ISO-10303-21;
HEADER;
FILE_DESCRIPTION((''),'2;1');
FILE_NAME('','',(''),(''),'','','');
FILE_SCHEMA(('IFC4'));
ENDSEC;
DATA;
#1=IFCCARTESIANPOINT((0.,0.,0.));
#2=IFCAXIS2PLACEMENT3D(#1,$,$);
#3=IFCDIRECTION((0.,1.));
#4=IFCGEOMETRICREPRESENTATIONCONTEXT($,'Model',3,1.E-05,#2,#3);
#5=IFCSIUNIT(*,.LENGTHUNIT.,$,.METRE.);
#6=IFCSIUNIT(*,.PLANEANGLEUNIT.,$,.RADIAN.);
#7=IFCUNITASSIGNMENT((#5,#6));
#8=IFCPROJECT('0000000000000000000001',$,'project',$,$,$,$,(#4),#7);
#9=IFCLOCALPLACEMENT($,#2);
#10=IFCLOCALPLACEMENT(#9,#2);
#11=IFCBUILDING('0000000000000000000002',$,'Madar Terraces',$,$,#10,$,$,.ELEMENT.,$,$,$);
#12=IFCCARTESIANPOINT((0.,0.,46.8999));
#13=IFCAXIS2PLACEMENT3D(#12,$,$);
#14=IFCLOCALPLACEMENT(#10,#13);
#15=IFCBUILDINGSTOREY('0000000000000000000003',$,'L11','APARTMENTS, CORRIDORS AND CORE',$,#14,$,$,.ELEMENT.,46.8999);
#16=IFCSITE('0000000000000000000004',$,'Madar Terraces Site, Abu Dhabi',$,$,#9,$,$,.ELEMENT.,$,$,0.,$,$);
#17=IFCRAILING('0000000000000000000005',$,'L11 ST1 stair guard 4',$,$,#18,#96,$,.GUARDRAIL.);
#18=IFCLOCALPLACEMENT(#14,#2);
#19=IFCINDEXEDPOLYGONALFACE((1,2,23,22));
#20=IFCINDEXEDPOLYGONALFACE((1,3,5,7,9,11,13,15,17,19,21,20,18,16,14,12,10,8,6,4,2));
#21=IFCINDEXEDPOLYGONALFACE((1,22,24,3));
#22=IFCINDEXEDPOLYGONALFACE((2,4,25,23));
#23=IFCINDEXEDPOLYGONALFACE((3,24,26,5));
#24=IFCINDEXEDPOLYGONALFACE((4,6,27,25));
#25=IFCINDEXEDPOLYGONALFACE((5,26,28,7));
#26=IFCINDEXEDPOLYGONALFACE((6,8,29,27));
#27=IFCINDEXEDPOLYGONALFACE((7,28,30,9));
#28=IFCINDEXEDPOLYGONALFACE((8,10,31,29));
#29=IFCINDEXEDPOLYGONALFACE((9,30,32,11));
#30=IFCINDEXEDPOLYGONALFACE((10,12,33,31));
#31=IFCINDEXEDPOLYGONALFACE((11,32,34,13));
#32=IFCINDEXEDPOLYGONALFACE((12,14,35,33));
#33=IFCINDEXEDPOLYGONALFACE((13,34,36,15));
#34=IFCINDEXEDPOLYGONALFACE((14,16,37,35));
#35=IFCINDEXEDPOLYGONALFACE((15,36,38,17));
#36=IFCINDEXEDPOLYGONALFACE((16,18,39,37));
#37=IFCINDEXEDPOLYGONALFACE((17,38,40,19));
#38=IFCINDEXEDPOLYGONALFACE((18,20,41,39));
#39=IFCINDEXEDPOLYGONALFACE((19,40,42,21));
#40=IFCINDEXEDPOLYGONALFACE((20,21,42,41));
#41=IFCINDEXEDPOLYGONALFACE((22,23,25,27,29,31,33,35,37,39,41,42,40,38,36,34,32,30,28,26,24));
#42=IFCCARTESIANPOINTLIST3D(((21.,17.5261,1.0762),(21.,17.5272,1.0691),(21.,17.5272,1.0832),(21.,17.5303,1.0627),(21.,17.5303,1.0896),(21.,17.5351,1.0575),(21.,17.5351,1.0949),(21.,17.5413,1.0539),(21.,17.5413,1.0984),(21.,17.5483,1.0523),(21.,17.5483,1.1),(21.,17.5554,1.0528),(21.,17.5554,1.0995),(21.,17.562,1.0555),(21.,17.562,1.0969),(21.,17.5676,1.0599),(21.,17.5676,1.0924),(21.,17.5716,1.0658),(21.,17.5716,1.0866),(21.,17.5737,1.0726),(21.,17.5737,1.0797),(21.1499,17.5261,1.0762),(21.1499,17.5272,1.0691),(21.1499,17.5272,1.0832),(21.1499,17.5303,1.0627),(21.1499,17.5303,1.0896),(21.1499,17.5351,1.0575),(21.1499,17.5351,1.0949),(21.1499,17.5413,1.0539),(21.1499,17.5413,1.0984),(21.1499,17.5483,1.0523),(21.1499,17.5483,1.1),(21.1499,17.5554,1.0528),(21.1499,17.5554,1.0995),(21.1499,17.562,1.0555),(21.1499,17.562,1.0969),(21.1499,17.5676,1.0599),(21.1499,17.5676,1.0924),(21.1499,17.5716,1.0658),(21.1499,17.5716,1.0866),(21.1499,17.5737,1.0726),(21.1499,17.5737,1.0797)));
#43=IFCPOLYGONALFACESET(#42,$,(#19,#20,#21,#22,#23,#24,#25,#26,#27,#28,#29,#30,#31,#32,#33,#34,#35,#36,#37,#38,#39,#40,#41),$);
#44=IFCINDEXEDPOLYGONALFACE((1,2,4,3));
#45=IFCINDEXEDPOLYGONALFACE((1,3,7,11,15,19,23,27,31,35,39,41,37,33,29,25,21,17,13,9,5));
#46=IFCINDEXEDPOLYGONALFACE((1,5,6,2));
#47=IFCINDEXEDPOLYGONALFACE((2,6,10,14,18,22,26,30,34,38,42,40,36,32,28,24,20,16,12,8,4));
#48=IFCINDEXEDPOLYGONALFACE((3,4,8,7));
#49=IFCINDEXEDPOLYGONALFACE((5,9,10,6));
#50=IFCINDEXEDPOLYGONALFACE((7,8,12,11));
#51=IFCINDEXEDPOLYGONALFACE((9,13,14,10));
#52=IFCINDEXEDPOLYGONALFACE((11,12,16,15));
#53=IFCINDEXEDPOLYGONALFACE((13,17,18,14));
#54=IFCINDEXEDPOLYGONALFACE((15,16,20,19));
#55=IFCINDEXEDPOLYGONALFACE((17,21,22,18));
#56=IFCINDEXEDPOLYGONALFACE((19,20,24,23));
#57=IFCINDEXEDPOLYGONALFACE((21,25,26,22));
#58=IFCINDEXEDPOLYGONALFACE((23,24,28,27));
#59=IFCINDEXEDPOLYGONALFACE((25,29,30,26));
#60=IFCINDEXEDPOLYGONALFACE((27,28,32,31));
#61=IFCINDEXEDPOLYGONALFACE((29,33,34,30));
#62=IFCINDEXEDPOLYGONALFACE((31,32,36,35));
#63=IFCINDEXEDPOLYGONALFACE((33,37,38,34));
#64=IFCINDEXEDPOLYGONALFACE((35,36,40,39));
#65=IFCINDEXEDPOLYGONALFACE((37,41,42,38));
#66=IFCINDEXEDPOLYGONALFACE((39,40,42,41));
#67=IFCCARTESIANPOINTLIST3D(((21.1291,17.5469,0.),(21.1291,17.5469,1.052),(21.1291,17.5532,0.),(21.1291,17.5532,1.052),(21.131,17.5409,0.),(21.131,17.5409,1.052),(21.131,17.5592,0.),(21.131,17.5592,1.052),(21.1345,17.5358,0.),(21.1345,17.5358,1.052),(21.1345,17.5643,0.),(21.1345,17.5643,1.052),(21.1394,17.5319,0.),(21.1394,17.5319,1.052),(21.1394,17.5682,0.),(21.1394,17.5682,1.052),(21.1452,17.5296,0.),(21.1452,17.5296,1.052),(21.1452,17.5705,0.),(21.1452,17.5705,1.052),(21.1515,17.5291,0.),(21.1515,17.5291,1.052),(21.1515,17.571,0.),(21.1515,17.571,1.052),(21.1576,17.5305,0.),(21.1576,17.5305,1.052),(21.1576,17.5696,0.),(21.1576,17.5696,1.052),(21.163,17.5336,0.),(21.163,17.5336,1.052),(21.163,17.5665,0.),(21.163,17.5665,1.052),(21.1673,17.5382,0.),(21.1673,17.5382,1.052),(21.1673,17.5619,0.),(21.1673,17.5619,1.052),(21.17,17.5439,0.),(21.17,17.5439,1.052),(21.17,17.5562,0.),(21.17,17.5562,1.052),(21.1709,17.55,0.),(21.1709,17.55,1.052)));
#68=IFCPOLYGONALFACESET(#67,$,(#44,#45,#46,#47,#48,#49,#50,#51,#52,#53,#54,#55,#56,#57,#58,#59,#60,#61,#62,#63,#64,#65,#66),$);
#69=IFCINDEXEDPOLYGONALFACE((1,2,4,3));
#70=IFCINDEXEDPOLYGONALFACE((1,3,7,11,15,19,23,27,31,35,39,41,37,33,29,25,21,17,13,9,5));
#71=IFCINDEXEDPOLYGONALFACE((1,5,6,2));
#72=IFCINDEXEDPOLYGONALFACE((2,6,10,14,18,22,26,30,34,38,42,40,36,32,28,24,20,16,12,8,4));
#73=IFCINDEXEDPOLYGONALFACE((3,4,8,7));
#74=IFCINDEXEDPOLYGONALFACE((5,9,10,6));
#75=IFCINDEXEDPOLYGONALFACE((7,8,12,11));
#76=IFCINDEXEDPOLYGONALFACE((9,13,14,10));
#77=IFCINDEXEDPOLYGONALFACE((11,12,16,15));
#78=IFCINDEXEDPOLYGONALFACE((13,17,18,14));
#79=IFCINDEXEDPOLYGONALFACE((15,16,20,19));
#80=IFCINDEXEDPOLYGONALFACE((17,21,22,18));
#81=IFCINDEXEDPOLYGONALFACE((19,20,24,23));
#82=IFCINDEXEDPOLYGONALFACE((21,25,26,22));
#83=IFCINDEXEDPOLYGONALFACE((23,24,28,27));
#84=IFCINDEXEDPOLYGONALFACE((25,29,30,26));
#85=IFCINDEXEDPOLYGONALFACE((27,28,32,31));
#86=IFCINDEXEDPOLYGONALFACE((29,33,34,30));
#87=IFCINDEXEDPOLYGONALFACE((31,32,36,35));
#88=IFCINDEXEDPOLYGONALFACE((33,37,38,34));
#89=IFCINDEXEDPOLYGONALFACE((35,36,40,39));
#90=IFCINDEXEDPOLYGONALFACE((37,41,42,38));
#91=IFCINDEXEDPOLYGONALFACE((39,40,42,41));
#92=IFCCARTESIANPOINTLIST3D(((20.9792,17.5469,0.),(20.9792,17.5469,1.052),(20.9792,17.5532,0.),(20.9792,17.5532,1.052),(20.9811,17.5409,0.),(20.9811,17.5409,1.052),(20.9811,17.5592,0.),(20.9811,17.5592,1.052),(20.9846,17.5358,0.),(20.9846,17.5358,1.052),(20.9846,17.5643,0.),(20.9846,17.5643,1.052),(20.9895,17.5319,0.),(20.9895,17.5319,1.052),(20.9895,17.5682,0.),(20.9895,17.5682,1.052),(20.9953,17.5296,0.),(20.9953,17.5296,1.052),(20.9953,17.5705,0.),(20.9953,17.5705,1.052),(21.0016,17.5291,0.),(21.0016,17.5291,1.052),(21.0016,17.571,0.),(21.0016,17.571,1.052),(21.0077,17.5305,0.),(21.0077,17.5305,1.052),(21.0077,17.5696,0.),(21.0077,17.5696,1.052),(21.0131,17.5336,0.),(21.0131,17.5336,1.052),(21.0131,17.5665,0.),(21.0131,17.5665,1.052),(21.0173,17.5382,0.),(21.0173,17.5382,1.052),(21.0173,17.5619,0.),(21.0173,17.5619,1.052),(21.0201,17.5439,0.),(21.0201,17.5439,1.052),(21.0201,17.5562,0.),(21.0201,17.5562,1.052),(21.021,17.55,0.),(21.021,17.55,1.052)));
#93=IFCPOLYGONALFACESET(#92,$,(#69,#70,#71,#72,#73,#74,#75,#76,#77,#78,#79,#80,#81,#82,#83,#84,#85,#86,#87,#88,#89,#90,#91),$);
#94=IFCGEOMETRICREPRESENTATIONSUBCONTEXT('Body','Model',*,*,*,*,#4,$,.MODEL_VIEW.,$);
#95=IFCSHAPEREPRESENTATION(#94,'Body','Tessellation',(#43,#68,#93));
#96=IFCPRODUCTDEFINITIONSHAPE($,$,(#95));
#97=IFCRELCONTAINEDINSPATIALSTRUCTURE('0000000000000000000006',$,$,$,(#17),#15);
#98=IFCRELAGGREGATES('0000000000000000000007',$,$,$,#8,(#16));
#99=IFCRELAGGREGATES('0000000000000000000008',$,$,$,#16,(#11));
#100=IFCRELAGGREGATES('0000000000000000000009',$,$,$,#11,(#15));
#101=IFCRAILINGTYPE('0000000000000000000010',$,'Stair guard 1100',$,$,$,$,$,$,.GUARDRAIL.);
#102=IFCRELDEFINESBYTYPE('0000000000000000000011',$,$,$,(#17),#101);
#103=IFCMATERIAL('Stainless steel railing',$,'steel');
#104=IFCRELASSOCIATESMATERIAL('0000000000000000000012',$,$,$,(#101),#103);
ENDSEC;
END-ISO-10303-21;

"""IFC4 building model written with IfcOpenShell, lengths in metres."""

from ifc_helpers import new_model, si_unit, direction, frame, origin, origin_2d, place, context, subcontext, project, spatial, circle, extrude, material, type_object, element, save


model = new_model("IFC4")

# Units and contexts
model_context = context("Model", 3, precision=1e-05, world=origin(), true_north=direction((0.0, 1.0)))
body_context = subcontext(model_context, "Body", "Model", "MODEL_VIEW")
ifc_project = project(units=[si_unit("LENGTHUNIT", "METRE"), si_unit("PLANEANGLEUNIT", "RADIAN")], contexts=[model_context])

# Site, building, storey
site_placement = place(None, origin())
site = spatial("IfcSite", under=ifc_project, at=site_placement, Name="Madar Terraces Site, Abu Dhabi", CompositionType="ELEMENT", RefElevation=0.0)
building_placement = place(site_placement, origin())
building = spatial("IfcBuilding", under=site, at=building_placement, Name="Madar Terraces", CompositionType="ELEMENT")
storey_placement = place(building_placement, frame((0.0, 0.0, 46.8999)))
storey = spatial("IfcBuildingStorey", under=building, at=storey_placement, Name="L11", Description="APARTMENTS, CORRIDORS AND CORE", CompositionType="ELEMENT", Elevation=46.8999)

# Railing
ifc_material_1 = material(Name="Stainless steel railing", Category="steel")
railing_type_1 = type_object("IfcRailingType", Name="Stair guard 1100", PredefinedType="GUARDRAIL", material=ifc_material_1)
railing_1_placement = place(storey_placement, frame((21.1499, 17.55, 0.0)))
element("IfcRailing", 1, at=railing_1_placement, inside=storey, type_object=railing_type_1, Name="L11 ST1 stair guard 4", PredefinedType="GUARDRAIL", context=body_context, shape_type="SweptSolid", body=[
    extrude(circle(Radius=0.0239, at=origin_2d()), frame((0.0, 0.0, 1.0762), z_axis=(-1.0, 0.0, 0.0), x_axis=(0.0, -1.0, 0.0)), (0.0, 0.0, 1.0), 0.1499),
    extrude(circle(Radius=0.021, at=origin_2d()), origin(), (0.0, 0.0, 1.0), 1.052),
    extrude(circle(Radius=0.021, at=origin_2d()), frame((-0.1499, 0.0, 0.0)), (0.0, 0.0, 1.0), 1.052),
])

save(model, "model.ifc")
